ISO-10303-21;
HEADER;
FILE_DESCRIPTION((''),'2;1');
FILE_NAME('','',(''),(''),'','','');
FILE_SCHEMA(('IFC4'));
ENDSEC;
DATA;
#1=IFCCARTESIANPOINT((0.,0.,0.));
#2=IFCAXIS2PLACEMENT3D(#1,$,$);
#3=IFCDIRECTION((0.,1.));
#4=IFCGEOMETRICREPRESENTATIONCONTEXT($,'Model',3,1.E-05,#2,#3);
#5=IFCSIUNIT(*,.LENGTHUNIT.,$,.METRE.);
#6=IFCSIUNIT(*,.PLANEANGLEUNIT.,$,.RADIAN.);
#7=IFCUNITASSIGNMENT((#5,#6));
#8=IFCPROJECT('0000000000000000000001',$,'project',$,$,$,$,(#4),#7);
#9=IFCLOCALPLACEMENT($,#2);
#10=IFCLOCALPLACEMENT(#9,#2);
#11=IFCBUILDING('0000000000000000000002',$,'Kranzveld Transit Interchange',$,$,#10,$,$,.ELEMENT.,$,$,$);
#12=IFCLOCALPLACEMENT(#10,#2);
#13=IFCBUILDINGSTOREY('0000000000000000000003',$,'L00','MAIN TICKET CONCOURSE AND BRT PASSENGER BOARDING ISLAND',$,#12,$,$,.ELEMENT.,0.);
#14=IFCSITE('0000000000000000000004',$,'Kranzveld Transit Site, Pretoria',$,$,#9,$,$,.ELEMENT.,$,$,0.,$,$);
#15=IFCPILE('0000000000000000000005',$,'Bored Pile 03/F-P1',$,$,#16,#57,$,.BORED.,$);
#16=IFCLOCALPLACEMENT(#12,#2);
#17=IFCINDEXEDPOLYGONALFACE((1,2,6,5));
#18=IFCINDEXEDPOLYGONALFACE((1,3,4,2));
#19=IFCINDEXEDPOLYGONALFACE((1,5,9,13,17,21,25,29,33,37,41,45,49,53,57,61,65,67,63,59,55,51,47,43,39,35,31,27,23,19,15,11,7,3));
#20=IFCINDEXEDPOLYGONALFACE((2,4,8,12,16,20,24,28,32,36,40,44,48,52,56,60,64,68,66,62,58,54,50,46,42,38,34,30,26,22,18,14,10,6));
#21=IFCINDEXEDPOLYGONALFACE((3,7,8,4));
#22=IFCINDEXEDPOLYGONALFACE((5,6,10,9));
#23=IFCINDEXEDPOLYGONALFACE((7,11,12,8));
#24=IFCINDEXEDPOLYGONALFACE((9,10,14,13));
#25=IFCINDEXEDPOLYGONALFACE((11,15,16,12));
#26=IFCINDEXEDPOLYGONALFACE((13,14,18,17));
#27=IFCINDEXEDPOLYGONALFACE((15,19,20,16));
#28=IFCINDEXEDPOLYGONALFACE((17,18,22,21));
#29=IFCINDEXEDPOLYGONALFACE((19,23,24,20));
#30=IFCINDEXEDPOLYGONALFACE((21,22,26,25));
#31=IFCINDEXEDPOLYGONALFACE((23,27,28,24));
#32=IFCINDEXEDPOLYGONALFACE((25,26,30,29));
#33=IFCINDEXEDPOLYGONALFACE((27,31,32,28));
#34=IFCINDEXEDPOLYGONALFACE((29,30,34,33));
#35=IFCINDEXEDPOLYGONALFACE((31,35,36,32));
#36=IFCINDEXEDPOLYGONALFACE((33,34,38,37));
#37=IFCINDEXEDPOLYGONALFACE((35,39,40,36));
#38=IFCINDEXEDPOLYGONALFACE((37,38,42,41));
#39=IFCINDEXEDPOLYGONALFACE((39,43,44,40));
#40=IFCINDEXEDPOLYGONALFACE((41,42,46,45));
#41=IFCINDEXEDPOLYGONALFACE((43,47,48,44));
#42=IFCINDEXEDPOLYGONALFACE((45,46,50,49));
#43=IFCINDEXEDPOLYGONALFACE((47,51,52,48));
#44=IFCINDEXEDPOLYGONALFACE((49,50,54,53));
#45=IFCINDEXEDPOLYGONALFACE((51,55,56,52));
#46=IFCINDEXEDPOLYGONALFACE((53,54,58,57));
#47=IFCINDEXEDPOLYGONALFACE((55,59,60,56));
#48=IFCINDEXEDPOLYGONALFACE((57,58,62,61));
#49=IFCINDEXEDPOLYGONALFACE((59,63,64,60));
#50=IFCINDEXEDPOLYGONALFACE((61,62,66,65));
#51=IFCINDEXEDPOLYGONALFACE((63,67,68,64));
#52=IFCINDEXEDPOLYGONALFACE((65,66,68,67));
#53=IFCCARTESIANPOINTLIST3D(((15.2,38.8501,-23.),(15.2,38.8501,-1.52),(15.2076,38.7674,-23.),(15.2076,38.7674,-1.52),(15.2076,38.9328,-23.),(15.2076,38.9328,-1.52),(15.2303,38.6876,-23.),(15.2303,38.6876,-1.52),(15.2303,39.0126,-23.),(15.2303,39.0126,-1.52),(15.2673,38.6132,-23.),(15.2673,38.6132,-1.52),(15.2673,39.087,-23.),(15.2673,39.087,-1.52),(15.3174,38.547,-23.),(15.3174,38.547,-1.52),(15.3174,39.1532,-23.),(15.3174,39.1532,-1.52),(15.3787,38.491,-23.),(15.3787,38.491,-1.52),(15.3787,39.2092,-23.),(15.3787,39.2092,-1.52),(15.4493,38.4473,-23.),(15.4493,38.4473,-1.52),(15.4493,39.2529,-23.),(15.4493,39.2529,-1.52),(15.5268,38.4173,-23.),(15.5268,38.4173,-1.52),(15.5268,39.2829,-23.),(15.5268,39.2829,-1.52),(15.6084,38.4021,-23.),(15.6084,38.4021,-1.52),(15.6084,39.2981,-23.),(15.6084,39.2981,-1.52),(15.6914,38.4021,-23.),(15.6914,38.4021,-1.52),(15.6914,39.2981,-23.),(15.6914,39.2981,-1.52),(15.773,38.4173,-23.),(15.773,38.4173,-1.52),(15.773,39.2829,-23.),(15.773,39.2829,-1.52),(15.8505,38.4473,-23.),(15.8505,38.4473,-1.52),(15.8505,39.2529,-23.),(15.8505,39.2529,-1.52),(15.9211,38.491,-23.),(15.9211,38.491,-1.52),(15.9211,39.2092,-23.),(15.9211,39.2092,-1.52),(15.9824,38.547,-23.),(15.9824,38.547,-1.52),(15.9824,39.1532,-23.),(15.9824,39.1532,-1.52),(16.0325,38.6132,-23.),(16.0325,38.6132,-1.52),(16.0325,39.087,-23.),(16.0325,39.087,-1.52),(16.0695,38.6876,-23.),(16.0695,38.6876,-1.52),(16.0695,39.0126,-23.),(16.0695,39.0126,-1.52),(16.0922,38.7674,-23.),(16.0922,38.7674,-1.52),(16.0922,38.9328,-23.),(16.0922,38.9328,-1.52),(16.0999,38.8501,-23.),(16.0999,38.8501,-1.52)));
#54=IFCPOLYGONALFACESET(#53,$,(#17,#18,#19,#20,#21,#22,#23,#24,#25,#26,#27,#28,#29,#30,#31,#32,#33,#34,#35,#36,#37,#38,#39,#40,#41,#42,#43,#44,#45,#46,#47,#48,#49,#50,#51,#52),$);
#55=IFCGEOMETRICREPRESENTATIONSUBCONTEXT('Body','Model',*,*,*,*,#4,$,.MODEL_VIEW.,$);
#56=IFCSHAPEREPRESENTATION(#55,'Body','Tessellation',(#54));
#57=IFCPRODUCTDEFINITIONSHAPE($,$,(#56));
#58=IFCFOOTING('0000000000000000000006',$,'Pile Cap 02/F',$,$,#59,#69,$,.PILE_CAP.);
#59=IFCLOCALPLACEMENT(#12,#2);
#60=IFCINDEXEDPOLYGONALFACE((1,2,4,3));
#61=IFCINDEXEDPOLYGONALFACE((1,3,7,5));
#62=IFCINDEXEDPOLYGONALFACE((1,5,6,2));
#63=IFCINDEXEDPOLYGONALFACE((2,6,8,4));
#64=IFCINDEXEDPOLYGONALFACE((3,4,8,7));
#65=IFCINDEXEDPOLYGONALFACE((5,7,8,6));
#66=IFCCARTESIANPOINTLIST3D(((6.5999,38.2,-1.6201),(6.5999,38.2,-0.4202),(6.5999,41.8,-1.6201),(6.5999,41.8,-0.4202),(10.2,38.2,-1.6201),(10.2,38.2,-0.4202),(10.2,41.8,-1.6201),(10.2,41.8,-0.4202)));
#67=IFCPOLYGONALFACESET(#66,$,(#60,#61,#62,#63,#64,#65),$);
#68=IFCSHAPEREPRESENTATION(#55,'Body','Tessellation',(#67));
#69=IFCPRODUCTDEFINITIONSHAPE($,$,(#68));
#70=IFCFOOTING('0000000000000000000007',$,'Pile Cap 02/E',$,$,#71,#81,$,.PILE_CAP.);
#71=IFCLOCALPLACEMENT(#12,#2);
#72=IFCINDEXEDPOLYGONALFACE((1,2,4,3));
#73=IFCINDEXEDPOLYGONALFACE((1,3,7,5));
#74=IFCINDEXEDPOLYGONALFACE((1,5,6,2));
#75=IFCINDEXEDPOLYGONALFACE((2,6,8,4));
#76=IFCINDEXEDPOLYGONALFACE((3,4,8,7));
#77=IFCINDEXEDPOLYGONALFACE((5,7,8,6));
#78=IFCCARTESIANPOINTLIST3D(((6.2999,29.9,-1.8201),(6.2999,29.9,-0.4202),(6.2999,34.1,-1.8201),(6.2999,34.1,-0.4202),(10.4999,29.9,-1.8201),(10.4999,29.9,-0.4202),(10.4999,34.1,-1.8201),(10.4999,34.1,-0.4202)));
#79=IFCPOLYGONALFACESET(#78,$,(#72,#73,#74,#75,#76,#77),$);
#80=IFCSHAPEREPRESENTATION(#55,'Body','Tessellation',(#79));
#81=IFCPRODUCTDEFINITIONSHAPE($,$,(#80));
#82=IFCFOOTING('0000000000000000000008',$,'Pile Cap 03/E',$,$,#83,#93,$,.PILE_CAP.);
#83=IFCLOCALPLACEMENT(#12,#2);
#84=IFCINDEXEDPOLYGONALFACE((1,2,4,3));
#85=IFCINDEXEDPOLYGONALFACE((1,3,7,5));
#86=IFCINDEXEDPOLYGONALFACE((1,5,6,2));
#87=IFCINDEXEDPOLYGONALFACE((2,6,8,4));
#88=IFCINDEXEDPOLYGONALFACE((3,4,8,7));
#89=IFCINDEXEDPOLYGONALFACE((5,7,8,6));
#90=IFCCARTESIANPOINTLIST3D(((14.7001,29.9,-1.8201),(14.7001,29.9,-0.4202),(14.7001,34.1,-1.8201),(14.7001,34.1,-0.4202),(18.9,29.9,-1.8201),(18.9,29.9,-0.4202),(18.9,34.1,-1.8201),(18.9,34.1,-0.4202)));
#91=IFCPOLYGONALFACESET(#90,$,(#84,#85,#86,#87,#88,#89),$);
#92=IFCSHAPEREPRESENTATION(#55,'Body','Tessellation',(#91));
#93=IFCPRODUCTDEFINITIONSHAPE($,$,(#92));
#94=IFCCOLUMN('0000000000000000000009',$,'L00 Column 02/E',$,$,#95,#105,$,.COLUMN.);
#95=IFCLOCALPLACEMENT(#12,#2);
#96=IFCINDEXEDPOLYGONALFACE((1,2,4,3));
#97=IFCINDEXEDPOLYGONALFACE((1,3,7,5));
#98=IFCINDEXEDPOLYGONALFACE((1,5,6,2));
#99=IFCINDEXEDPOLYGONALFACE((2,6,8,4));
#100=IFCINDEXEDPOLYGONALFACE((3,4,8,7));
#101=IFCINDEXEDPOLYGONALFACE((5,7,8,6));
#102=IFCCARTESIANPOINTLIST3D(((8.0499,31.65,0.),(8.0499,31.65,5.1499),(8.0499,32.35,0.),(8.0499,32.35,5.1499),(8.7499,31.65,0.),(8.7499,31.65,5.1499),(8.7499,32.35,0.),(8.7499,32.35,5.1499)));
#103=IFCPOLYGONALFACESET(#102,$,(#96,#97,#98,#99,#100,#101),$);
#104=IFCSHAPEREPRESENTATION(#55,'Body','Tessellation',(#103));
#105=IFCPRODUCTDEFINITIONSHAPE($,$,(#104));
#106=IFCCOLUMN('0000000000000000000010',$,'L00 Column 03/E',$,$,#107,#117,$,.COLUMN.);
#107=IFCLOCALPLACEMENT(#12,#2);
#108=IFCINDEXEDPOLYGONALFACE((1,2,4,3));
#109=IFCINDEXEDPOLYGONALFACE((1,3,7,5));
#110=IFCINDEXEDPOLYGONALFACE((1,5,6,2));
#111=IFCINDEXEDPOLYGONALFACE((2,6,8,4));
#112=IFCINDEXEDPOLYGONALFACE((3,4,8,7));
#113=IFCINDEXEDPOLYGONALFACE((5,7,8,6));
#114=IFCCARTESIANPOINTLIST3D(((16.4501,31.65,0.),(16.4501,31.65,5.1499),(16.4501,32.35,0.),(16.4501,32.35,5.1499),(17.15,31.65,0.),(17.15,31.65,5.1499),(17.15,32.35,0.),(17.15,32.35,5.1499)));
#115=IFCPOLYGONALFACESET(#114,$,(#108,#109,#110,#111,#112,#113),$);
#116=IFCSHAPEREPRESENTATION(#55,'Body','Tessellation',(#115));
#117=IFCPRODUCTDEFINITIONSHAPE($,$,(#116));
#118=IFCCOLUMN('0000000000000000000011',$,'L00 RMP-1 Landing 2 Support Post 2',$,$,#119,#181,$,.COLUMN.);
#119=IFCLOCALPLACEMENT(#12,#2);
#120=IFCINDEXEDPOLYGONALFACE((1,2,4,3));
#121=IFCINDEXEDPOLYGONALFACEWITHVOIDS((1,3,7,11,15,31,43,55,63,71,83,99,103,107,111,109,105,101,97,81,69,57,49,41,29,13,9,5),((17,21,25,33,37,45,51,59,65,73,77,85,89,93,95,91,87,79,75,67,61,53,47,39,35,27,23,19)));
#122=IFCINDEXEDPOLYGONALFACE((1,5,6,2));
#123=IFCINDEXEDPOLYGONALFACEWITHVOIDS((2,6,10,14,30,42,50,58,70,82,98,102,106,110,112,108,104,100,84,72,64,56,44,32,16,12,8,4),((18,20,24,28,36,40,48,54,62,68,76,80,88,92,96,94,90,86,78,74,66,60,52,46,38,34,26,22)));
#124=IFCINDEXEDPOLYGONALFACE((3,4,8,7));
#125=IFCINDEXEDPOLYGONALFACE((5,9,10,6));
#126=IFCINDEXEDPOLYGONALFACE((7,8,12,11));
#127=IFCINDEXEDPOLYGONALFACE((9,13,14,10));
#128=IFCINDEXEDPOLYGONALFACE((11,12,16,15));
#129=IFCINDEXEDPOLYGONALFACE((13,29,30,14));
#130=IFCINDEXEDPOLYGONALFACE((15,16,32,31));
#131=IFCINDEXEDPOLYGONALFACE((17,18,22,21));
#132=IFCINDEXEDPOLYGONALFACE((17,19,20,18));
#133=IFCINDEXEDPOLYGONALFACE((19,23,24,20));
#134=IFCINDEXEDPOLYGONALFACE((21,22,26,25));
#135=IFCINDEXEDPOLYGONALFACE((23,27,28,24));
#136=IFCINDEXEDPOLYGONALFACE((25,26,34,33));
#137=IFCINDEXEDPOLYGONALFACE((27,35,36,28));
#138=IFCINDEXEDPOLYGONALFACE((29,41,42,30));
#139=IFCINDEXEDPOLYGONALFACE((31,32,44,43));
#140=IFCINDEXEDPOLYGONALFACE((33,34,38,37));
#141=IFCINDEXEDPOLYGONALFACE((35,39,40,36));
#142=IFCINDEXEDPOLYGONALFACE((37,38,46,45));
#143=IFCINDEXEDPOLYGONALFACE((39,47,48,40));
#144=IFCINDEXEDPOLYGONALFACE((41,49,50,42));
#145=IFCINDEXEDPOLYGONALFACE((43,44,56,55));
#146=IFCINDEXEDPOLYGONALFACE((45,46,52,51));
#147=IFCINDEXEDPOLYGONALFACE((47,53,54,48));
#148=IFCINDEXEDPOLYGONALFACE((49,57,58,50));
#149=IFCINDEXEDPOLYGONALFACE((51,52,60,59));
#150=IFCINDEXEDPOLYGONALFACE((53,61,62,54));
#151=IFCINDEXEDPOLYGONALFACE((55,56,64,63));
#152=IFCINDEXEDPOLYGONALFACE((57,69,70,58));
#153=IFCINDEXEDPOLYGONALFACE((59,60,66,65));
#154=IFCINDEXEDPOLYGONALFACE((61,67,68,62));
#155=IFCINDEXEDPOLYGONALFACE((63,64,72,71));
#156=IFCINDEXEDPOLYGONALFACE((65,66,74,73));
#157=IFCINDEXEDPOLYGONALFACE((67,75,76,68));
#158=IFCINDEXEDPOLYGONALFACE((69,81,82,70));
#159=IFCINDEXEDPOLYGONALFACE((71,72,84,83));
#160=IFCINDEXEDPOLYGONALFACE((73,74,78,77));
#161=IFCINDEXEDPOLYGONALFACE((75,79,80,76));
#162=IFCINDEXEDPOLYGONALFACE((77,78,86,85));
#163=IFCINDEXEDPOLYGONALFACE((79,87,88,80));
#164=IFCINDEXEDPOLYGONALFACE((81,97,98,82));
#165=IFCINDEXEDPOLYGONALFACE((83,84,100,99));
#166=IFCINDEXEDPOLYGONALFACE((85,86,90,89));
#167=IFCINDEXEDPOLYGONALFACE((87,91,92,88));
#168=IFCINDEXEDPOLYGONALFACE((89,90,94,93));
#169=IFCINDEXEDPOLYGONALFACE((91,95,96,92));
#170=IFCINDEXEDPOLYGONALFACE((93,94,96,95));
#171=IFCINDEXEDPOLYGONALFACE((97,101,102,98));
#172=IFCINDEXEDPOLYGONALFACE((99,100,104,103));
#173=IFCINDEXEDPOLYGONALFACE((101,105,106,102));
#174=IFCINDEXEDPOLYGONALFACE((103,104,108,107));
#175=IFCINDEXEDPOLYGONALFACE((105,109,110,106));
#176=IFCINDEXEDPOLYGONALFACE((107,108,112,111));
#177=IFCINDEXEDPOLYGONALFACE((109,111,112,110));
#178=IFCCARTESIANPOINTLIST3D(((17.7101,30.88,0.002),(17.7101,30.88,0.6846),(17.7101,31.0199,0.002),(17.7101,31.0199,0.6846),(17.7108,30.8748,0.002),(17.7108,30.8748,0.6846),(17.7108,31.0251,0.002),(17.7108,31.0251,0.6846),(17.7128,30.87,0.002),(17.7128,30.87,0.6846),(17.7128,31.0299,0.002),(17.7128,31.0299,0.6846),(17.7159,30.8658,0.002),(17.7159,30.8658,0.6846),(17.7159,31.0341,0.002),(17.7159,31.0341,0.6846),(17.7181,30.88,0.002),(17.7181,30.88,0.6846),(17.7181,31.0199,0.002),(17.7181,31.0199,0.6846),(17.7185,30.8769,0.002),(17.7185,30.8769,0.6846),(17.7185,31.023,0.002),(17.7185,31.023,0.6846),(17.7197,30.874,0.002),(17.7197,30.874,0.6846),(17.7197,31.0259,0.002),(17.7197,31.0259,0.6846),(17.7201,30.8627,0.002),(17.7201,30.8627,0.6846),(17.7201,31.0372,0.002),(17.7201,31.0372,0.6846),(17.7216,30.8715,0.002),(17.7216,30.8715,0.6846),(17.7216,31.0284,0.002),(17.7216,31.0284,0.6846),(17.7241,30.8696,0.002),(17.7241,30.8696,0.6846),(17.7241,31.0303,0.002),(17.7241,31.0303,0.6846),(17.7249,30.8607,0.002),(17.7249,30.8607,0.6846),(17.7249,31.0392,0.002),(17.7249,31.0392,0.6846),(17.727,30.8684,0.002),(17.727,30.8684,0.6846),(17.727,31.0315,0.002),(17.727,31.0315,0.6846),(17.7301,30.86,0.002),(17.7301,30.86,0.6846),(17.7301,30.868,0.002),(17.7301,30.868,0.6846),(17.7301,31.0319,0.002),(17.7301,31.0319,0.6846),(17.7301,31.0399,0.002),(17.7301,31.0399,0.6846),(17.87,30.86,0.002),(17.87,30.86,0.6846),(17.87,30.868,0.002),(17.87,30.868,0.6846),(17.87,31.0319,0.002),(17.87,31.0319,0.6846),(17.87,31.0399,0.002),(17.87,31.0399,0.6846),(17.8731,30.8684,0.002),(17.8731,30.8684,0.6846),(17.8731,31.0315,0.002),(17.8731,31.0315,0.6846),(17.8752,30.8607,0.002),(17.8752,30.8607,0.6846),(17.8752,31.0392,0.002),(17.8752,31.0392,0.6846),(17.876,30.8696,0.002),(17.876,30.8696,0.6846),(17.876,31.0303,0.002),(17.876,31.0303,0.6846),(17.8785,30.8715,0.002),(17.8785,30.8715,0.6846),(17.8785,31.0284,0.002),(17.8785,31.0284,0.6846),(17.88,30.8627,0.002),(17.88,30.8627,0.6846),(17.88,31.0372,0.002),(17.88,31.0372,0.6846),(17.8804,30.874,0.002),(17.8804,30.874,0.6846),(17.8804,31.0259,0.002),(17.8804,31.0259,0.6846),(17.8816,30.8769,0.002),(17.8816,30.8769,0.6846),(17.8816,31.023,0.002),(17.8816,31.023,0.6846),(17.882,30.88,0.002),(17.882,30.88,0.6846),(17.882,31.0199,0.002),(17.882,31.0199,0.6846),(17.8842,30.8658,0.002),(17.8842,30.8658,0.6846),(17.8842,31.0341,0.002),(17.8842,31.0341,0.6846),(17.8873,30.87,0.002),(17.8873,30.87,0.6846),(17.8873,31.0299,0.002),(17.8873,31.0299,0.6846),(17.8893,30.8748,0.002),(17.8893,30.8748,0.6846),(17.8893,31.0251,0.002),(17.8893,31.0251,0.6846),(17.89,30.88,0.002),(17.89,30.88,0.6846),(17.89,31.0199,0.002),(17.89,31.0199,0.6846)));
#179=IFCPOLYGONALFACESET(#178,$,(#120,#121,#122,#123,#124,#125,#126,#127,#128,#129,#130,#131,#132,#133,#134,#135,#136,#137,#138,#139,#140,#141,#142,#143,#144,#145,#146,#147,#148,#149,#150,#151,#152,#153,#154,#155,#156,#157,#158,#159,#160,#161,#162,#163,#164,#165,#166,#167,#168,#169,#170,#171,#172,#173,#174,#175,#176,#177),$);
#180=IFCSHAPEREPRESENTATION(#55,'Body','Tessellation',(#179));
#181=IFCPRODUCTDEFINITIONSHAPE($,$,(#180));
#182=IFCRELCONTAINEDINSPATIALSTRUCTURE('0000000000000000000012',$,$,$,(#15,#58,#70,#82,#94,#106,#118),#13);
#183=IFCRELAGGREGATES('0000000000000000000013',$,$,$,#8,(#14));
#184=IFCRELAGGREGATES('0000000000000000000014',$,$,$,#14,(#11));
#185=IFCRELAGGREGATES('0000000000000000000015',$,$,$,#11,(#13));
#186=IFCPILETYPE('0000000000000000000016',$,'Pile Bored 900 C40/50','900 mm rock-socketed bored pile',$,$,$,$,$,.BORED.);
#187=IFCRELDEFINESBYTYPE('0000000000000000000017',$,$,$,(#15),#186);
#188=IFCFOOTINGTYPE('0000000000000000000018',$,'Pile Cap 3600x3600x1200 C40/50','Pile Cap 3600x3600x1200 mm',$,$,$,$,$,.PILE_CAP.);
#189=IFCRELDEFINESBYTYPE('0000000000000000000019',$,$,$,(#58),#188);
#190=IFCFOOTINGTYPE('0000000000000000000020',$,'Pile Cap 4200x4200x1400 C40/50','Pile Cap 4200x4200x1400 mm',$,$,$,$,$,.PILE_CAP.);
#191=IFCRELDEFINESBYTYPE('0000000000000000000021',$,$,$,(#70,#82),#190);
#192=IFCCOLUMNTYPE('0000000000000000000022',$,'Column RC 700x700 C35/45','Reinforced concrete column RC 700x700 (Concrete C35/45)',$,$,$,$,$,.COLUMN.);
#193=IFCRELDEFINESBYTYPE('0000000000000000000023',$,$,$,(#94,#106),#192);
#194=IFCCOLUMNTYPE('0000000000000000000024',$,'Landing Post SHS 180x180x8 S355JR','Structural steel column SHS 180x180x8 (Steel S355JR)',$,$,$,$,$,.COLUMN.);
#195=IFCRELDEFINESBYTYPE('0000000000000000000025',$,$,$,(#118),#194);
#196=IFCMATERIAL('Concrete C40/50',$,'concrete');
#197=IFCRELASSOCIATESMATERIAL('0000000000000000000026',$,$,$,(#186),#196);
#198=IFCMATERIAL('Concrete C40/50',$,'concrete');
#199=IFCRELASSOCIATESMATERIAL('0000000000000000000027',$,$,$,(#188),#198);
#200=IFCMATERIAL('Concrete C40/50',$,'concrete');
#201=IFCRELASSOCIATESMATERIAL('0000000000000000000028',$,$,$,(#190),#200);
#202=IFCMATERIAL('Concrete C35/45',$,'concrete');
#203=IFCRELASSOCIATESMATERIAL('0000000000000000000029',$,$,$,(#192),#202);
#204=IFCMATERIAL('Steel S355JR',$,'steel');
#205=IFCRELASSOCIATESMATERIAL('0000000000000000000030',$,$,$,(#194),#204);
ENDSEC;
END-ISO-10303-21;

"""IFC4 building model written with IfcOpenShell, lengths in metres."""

from ifc_helpers import new_model, si_unit, direction, frame, origin, origin_2d, place, context, subcontext, project, spatial, rectangle, hollow_rectangle, circle, extrude, material, material_profile, profile_set, type_object, element, save


model = new_model("IFC4")

# Units and contexts
model_context = context("Model", 3, precision=1e-05, world=origin(), true_north=direction((0.0, 1.0)))
body_context = subcontext(model_context, "Body", "Model", "MODEL_VIEW")
ifc_project = project(units=[si_unit("LENGTHUNIT", "METRE"), si_unit("PLANEANGLEUNIT", "RADIAN")], contexts=[model_context])

# Site, building, storey
site_placement = place(None, origin())
site = spatial("IfcSite", under=ifc_project, at=site_placement, Name="Kranzveld Transit Site, Pretoria", CompositionType="ELEMENT", RefElevation=0.0)
building_placement = place(site_placement, origin())
building = spatial("IfcBuilding", under=site, at=building_placement, Name="Kranzveld Transit Interchange", CompositionType="ELEMENT")
storey_placement = place(building_placement, origin())
storey = spatial("IfcBuildingStorey", under=building, at=storey_placement, Name="L00", Description="MAIN TICKET CONCOURSE AND BRT PASSENGER BOARDING ISLAND", CompositionType="ELEMENT", Elevation=0.0)

# Pile
ifc_material_1 = material(Name="Concrete C40/50", Category="concrete")
ifc_material_profile_1 = material_profile(ifc_material_1, circle(Radius=0.45, at=origin_2d()), Name="BORED PILE 900")
ifc_profile_set_1 = profile_set([ifc_material_profile_1], Name="Concrete C40/50")
pile_type_1 = type_object("IfcPileType", Name="Pile Bored 900 C40/50", Description="900 mm rock-socketed bored pile", PredefinedType="BORED", material=ifc_profile_set_1)
for number, where, z_axis, x_axis, name in (
    (1, (15.6499, 38.8501, -1.52), (0.0, 0.0, -1.0), (1.0, 0.0, 0.0), "Bored Pile 03/F-P1"),
):
    element("IfcPile", number, at=place(storey_placement, frame(where, z_axis=z_axis, x_axis=x_axis)), inside=storey, type_object=pile_type_1, Name=name, PredefinedType="BORED", context=body_context, shape_type="SweptSolid", body=[
        extrude(circle(Radius=0.45, at=origin_2d()), origin(), (0.0, 0.0, 1.0), 21.48),
    ])

# Footings
ifc_material_2 = material(Name="Concrete C40/50", Category="concrete")
footing_type_1 = type_object("IfcFootingType", Name="Pile Cap 3600x3600x1200 C40/50", Description="Pile Cap 3600x3600x1200 mm", PredefinedType="PILE_CAP", material=ifc_material_2)
footing_placement = place(storey_placement, frame((8.3999, 40.0, -1.6201), z_axis=(0.0, 0.0, 1.0), x_axis=(1.0, 0.0, 0.0)))
element("IfcFooting", 2, at=footing_placement, inside=storey, type_object=footing_type_1, Name="Pile Cap 02/F", PredefinedType="PILE_CAP", context=body_context, shape_type="SweptSolid", body=[
    extrude(rectangle(XDim=3.6001, YDim=3.6001, at=origin_2d()), origin(), (0.0, 0.0, 1.0), 1.2),
])
ifc_material_3 = material(Name="Concrete C40/50", Category="concrete")
footing_type_2 = type_object("IfcFootingType", Name="Pile Cap 4200x4200x1400 C40/50", Description="Pile Cap 4200x4200x1400 mm", PredefinedType="PILE_CAP", material=ifc_material_3)
for number, where, z_axis, x_axis, name in (
    (3, (8.3999, 32.0, -1.8201), (0.0, 0.0, 1.0), (1.0, 0.0, 0.0), "Pile Cap 02/E"),
    (4, (16.8, 32.0, -1.8201), (0.0, 0.0, 1.0), (1.0, 0.0, 0.0), "Pile Cap 03/E"),
):
    element("IfcFooting", number, at=place(storey_placement, frame(where, z_axis=z_axis, x_axis=x_axis)), inside=storey, type_object=footing_type_2, Name=name, PredefinedType="PILE_CAP", context=body_context, shape_type="SweptSolid", body=[
        extrude(rectangle(XDim=4.2, YDim=4.2, at=origin_2d()), origin(), (0.0, 0.0, 1.0), 1.3999),
    ])

# Columns
ifc_material_4 = material(Name="Concrete C35/45", Category="concrete")
ifc_material_profile_2 = material_profile(ifc_material_4, rectangle(XDim=0.7, YDim=0.7, at=origin_2d()), Name="RC 700x700")
ifc_profile_set_2 = profile_set([ifc_material_profile_2], Name="Concrete C35/45")
column_type_1 = type_object("IfcColumnType", Name="Column RC 700x700 C35/45", Description="Reinforced concrete column RC 700x700 (Concrete C35/45)", PredefinedType="COLUMN", material=ifc_profile_set_2)
for number, where, z_axis, x_axis, name in (
    (5, (8.3999, 32.0, 0.0), (0.0, 0.0, 1.0), (1.0, 0.0, 0.0), "L00 Column 02/E"),
    (6, (16.8, 32.0, 0.0), (0.0, 0.0, 1.0), (1.0, 0.0, 0.0), "L00 Column 03/E"),
):
    element("IfcColumn", number, at=place(storey_placement, frame(where, z_axis=z_axis, x_axis=x_axis)), inside=storey, type_object=column_type_1, Name=name, PredefinedType="COLUMN", context=body_context, shape_type="SweptSolid", body=[
        extrude(rectangle(XDim=0.7, YDim=0.7, at=origin_2d()), origin(), (0.0, 0.0, 1.0), 5.1499),
    ])
ifc_material_5 = material(Name="Steel S355JR", Category="steel")
ifc_material_profile_3 = material_profile(ifc_material_5, hollow_rectangle(XDim=0.1799, YDim=0.1799, WallThickness=0.0081, InnerFilletRadius=0.012, OuterFilletRadius=0.02, at=origin_2d()), Name="SHS 180x180x8")
ifc_profile_set_3 = profile_set([ifc_material_profile_3], Name="Steel S355JR")
column_type_2 = type_object("IfcColumnType", Name="Landing Post SHS 180x180x8 S355JR", Description="Structural steel column SHS 180x180x8 (Steel S355JR)", PredefinedType="COLUMN", material=ifc_profile_set_3)
for number, where, z_axis, x_axis, name in (
    (7, (17.8, 30.95, 0.002), (0.0, 0.0, 1.0), (1.0, 0.0, 0.0), "L00 RMP-1 Landing 2 Support Post 2"),
):
    element("IfcColumn", number, at=place(storey_placement, frame(where, z_axis=z_axis, x_axis=x_axis)), inside=storey, type_object=column_type_2, Name=name, PredefinedType="COLUMN", context=body_context, shape_type="SweptSolid", body=[
        extrude(hollow_rectangle(XDim=0.1799, YDim=0.1799, WallThickness=0.0081, InnerFilletRadius=0.012, OuterFilletRadius=0.02, at=origin_2d()), origin(), (0.0, 0.0, 1.0), 0.6826),
    ])

save(model, "model.ifc")
